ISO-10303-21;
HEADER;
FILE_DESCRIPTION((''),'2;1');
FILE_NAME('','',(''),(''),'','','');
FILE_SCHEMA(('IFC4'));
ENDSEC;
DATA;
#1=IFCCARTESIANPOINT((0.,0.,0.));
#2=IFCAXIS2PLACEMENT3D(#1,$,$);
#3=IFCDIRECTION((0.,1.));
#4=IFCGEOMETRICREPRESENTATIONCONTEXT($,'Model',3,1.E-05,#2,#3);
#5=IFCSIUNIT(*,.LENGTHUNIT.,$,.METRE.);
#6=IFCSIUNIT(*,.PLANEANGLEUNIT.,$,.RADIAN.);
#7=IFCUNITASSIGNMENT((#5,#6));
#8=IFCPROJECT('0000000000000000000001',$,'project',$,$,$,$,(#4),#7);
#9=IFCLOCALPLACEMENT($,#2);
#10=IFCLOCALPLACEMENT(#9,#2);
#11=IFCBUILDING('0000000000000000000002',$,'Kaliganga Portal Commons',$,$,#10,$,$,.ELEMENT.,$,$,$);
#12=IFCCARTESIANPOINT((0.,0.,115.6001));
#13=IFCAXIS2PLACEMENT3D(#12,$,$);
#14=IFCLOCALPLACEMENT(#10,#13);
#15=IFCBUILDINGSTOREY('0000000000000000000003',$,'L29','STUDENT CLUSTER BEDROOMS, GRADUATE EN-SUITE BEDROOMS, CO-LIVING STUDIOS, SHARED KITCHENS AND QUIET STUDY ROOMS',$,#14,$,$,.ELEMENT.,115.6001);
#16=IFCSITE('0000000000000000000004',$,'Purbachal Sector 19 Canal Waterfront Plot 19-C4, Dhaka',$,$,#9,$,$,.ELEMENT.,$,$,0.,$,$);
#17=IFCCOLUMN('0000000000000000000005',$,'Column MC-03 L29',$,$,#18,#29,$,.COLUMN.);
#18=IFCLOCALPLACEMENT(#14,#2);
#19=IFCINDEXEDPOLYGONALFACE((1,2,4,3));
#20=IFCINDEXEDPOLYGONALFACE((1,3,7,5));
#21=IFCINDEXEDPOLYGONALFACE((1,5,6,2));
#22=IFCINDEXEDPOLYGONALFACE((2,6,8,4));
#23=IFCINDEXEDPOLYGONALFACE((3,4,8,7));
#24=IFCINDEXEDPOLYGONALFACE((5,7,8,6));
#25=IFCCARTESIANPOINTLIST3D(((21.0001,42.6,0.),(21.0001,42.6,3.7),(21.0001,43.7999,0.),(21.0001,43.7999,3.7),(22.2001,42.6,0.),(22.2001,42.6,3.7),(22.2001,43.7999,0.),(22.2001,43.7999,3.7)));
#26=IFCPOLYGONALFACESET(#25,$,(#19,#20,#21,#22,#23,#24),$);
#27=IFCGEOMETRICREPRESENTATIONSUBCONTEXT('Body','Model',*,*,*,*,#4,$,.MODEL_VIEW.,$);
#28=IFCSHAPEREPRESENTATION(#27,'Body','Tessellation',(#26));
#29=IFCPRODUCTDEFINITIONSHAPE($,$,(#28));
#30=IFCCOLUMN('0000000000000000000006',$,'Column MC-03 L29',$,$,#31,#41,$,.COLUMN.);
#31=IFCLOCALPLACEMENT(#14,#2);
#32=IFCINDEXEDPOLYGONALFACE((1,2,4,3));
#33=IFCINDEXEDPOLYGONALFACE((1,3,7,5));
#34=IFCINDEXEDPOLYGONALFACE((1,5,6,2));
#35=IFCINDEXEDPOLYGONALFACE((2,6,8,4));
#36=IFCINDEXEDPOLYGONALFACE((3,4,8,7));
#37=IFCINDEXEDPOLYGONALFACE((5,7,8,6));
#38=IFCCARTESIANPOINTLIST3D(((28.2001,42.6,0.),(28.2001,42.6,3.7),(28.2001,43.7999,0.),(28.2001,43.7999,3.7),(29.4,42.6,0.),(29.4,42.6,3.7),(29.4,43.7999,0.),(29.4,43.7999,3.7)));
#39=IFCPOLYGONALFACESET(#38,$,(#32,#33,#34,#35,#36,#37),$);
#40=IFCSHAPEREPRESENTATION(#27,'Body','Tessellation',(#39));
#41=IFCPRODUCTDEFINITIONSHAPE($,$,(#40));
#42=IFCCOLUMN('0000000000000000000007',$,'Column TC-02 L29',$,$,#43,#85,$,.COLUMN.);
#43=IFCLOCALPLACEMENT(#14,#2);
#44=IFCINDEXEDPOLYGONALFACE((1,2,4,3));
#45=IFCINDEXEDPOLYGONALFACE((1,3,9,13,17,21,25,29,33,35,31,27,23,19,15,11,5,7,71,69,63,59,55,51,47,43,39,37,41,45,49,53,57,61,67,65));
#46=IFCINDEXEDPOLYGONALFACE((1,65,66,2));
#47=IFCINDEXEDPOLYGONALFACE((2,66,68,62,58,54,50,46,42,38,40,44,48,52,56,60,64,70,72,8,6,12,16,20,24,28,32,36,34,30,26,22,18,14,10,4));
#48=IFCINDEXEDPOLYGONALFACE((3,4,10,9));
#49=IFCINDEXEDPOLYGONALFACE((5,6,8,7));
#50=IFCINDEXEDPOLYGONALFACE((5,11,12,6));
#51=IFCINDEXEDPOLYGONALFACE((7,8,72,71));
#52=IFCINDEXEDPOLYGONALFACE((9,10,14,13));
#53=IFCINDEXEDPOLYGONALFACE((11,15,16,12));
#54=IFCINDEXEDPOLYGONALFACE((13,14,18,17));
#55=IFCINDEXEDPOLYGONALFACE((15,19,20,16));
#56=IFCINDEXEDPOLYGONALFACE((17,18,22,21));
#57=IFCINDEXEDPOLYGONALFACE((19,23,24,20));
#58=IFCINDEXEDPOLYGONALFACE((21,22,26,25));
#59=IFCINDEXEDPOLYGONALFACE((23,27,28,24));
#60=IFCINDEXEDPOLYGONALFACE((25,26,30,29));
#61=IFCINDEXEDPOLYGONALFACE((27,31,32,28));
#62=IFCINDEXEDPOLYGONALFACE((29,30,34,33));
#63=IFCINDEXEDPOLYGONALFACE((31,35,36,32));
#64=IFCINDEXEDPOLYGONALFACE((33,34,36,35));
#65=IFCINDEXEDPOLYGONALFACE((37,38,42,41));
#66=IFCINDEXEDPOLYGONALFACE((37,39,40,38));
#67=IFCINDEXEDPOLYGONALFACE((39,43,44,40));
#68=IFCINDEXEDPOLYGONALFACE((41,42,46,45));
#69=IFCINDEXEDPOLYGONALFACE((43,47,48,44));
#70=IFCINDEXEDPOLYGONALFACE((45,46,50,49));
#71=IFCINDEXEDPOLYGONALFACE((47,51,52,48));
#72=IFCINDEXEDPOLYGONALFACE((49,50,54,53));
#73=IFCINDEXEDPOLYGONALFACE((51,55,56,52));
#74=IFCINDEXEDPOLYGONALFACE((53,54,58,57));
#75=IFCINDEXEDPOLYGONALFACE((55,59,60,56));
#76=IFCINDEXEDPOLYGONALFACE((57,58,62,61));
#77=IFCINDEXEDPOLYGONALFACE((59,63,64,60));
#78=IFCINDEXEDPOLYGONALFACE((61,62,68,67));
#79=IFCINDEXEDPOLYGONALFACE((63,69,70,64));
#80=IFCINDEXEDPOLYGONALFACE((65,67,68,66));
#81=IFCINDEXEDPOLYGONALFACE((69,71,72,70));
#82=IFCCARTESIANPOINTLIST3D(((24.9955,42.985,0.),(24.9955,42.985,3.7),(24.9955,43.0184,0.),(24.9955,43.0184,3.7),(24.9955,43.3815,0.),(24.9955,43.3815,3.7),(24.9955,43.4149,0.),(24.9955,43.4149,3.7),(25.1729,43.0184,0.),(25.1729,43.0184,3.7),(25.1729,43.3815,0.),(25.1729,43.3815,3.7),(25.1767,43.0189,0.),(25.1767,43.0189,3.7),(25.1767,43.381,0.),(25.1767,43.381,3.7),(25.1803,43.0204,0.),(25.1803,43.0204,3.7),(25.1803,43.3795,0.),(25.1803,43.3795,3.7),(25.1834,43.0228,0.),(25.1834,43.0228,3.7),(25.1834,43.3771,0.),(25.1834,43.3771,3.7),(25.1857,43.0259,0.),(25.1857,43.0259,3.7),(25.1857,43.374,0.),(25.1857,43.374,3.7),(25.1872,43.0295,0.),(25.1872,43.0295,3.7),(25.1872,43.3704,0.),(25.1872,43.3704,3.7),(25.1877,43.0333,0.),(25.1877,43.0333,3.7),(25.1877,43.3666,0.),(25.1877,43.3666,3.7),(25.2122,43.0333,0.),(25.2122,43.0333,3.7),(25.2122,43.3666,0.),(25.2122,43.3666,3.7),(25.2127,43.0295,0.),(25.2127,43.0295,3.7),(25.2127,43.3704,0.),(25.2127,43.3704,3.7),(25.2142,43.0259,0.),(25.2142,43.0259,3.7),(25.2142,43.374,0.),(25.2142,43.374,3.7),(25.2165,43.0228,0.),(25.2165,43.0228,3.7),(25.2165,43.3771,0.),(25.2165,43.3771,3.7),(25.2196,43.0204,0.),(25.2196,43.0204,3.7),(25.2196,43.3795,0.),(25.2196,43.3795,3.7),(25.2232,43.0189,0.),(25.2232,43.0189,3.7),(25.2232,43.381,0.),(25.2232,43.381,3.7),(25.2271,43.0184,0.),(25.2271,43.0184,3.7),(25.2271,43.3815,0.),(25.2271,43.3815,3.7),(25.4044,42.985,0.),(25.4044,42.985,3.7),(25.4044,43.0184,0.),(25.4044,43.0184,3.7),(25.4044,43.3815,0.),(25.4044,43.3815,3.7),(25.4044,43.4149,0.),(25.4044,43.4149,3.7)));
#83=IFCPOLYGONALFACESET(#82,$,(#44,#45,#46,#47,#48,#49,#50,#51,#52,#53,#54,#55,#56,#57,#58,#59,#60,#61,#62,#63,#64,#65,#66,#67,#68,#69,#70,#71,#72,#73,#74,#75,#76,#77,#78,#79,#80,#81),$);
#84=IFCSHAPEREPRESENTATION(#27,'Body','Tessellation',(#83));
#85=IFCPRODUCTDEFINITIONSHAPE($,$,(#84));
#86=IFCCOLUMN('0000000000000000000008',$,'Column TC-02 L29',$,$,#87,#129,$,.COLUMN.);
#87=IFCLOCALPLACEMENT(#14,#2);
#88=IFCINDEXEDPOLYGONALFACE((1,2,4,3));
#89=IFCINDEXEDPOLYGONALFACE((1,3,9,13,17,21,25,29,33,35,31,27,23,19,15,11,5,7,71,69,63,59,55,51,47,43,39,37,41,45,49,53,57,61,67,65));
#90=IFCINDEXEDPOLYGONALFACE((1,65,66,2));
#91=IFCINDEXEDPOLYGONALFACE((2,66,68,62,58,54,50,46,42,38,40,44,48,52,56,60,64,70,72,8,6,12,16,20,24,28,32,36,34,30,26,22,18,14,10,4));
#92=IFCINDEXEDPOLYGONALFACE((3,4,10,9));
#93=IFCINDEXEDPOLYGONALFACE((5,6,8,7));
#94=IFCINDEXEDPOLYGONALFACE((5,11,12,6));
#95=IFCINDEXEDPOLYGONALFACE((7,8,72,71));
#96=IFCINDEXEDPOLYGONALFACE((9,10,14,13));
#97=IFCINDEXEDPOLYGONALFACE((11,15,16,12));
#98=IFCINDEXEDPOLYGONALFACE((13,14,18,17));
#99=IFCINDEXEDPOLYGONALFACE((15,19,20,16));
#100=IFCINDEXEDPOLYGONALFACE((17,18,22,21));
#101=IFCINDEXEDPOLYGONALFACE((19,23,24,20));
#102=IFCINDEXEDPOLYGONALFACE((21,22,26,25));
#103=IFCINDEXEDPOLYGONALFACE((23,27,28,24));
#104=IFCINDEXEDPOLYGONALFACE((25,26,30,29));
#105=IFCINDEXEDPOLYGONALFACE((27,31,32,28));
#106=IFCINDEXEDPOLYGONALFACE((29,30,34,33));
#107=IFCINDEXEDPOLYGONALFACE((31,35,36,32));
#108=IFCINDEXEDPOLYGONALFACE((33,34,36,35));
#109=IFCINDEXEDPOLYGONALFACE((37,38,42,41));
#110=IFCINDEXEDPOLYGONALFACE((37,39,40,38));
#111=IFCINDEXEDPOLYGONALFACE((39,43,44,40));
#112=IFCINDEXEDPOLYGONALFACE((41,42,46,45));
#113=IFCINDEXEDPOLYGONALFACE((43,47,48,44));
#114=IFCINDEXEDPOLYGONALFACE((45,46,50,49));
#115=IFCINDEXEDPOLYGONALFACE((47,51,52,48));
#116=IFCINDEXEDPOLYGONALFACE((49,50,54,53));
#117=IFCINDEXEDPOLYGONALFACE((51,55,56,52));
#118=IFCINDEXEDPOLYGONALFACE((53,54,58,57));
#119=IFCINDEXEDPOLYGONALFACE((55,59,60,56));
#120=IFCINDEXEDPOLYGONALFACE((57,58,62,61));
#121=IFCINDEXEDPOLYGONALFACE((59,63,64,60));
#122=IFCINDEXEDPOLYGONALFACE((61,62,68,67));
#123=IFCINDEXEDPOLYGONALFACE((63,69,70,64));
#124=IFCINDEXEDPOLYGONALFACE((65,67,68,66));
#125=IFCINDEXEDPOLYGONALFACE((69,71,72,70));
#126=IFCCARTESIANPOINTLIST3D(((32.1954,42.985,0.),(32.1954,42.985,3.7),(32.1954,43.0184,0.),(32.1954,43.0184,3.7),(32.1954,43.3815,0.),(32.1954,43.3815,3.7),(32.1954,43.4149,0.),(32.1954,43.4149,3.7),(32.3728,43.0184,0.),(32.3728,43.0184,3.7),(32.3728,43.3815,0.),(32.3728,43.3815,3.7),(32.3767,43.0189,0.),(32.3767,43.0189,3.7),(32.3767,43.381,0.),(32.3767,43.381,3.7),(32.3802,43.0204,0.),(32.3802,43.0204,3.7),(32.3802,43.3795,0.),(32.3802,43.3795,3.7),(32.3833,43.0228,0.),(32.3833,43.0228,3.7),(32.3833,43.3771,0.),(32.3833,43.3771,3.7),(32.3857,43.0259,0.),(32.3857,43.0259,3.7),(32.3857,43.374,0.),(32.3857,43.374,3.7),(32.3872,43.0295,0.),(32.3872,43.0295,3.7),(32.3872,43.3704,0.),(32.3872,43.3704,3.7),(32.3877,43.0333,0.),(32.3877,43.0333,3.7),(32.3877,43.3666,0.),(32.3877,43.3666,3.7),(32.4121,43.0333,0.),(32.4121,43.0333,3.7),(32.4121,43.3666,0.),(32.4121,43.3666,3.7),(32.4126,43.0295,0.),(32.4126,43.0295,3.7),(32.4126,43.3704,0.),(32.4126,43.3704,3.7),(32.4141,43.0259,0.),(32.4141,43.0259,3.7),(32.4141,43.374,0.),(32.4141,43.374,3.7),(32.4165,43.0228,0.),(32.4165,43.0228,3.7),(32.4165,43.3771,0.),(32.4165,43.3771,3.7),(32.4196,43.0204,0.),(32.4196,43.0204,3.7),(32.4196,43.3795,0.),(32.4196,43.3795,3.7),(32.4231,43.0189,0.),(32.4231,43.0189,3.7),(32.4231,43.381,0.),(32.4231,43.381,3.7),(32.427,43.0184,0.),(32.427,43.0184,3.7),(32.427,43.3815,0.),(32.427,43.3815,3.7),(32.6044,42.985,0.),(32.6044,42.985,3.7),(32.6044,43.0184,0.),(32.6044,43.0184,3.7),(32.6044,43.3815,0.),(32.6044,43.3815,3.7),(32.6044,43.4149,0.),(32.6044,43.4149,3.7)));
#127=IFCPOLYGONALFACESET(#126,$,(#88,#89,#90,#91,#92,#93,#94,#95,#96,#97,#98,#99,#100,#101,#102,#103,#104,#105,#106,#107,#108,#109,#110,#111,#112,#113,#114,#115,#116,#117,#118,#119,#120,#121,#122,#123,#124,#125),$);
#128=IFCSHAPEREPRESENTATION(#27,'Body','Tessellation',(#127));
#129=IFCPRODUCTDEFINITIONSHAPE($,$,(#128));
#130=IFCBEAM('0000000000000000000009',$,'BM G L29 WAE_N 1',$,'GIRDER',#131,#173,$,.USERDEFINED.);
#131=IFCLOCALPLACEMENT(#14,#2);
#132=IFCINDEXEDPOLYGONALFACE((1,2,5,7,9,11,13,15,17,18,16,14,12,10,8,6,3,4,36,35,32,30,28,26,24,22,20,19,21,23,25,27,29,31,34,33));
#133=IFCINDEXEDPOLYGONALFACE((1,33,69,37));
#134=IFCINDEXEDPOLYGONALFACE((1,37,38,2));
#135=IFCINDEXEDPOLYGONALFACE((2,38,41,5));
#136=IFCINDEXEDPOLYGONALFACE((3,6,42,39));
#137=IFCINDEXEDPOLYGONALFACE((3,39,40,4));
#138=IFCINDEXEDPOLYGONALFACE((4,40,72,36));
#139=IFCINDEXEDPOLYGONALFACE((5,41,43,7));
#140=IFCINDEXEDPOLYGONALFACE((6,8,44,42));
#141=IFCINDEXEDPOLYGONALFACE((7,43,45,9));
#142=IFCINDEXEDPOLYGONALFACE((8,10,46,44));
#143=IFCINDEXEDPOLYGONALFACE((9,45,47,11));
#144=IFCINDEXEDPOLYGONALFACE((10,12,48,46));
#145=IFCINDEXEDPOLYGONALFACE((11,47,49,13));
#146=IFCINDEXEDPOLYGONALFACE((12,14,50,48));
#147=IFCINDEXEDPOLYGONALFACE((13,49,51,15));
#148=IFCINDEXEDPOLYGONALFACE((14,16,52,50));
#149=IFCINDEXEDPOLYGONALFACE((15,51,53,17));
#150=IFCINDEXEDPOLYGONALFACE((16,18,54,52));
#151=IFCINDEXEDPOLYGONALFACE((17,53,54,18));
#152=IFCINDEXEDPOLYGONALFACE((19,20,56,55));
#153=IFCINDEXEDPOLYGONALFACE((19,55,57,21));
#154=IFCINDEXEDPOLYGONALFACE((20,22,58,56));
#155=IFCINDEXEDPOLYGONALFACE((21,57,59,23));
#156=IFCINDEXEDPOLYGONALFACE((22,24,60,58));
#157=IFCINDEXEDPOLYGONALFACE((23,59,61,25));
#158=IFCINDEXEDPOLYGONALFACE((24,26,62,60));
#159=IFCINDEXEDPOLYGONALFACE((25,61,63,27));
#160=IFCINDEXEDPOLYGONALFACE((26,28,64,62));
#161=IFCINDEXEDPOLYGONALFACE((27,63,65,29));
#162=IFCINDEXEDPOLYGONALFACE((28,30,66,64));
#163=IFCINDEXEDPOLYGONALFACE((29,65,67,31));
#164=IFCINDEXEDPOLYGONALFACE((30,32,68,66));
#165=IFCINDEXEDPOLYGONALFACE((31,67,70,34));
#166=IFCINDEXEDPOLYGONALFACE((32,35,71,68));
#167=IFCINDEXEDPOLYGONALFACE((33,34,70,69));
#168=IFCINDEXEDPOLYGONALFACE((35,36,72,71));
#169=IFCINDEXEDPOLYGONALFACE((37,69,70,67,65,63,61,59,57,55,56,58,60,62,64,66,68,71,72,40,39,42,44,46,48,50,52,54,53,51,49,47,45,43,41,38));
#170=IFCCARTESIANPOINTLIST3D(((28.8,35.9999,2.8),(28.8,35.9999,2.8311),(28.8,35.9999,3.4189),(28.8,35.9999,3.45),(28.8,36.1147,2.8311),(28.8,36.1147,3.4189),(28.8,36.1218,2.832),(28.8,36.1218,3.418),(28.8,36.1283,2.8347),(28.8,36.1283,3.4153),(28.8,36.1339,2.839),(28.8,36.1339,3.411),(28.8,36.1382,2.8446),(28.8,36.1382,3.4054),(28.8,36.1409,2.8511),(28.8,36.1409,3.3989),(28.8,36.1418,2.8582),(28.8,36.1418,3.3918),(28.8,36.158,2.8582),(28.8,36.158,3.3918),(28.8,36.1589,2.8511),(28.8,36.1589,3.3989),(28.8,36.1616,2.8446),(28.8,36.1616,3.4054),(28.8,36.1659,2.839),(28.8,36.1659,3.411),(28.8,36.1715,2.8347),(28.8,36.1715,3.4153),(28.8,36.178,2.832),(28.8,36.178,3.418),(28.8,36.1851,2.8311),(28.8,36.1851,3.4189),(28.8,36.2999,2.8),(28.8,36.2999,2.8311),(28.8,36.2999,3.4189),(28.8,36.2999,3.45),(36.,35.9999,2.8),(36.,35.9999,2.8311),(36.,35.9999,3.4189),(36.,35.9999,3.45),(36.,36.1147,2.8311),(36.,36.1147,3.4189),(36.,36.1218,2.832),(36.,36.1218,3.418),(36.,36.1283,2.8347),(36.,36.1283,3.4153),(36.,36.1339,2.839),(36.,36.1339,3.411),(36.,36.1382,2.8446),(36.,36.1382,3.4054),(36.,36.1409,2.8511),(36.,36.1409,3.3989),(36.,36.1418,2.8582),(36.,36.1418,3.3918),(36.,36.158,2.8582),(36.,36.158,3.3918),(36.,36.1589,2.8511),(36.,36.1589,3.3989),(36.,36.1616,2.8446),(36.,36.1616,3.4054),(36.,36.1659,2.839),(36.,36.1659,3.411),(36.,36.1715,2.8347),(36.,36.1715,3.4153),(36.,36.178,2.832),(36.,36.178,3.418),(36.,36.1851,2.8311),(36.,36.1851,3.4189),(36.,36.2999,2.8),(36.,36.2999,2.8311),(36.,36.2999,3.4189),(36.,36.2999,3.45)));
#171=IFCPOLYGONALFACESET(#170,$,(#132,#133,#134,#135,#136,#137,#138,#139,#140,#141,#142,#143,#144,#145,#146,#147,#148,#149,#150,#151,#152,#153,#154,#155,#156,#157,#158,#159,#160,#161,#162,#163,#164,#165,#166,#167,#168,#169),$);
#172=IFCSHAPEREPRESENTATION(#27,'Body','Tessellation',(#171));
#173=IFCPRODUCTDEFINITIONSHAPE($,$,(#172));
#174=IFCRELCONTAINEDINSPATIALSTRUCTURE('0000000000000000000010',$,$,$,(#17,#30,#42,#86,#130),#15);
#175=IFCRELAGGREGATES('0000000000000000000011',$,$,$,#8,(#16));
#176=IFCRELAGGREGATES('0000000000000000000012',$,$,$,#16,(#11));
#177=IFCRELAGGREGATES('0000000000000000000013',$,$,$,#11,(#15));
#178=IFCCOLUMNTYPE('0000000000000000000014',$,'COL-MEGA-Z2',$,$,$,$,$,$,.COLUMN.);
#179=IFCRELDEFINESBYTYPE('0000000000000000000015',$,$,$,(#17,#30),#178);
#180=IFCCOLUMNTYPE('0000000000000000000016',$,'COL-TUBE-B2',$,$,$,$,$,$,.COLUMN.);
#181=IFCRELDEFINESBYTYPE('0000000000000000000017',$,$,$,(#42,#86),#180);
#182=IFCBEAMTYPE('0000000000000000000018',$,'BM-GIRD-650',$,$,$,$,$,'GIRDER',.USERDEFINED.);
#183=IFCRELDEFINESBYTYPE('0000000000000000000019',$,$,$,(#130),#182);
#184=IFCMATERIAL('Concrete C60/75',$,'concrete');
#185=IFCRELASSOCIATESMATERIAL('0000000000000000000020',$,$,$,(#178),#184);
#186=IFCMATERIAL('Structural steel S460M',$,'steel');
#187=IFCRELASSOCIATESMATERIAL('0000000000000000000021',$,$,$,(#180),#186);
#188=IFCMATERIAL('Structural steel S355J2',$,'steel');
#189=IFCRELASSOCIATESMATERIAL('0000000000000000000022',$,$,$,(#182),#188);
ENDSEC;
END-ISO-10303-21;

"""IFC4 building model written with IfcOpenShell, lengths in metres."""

from ifc_helpers import new_model, si_unit, direction, frame, origin, origin_2d, place, context, subcontext, project, spatial, rectangle, i_section, extrude, source, transform, mapped, material, material_profile, profile_set, type_object, element, save


model = new_model("IFC4")

# Units and contexts
model_context = context("Model", 3, precision=1e-05, world=origin(), true_north=direction((0.0, 1.0)))
body_context = subcontext(model_context, "Body", "Model", "MODEL_VIEW")
ifc_project = project(units=[si_unit("LENGTHUNIT", "METRE"), si_unit("PLANEANGLEUNIT", "RADIAN")], contexts=[model_context])

# Site, building, storey
site_placement = place(None, origin())
site = spatial("IfcSite", under=ifc_project, at=site_placement, Name="Purbachal Sector 19 Canal Waterfront Plot 19-C4, Dhaka", CompositionType="ELEMENT", RefElevation=0.0)
building_placement = place(site_placement, origin())
building = spatial("IfcBuilding", under=site, at=building_placement, Name="Kaliganga Portal Commons", CompositionType="ELEMENT")
storey_placement = place(building_placement, frame((0.0, 0.0, 115.6001)))
storey = spatial("IfcBuildingStorey", under=building, at=storey_placement, Name="L29", Description="STUDENT CLUSTER BEDROOMS, GRADUATE EN-SUITE BEDROOMS, CO-LIVING STUDIOS, SHARED KITCHENS AND QUIET STUDY ROOMS", CompositionType="ELEMENT", Elevation=115.6001)

# Columns
ifc_material_1 = material(Name="Concrete C60/75", Category="concrete")
ifc_material_profile_1 = material_profile(ifc_material_1, rectangle(XDim=1.2, YDim=1.2, at=origin_2d()), Name="RC 1200x1200")
ifc_profile_set_1 = profile_set([ifc_material_profile_1], Name="Concrete C60/75")
column_type_1 = type_object("IfcColumnType", Name="COL-MEGA-Z2", PredefinedType="COLUMN", material=ifc_profile_set_1)
shared_shape_1 = source(origin(), body_context, "Body", "SweptSolid", [
    extrude(rectangle(XDim=1.2, YDim=1.2, at=origin_2d()), origin(), (0.0, 0.0, 1.0), 3.7),
])
for number, where, z_axis, x_axis, name in (
    (1, (21.6001, 43.2, 0.0), (0.0, 0.0, 1.0), (1.0, 0.0, 0.0), "Column MC-03 L29"),
    (2, (28.8, 43.2, 0.0), (0.0, 0.0, 1.0), (1.0, 0.0, 0.0), "Column MC-03 L29"),
):
    element("IfcColumn", number, at=place(storey_placement, frame(where, z_axis=z_axis, x_axis=x_axis)), inside=storey, type_object=column_type_1, Name=name, PredefinedType="COLUMN", context=body_context, shape_type="MappedRepresentation", body=[
        mapped(shared_shape_1, transform((0.0, 0.0, 0.0), x_axis=(1.0, 0.0, 0.0), y_axis=(0.0, 1.0, 0.0), z_axis=(0.0, 0.0, 1.0), scale=1.0)),
    ])
ifc_material_2 = material(Name="Structural steel S460M", Category="steel")
ifc_material_profile_2 = material_profile(ifc_material_2, i_section(OverallWidth=0.4089, OverallDepth=0.4299, WebThickness=0.0244, FlangeThickness=0.0334, FilletRadius=0.0149, at=origin_2d()), Name="HD 400x421")
ifc_profile_set_2 = profile_set([ifc_material_profile_2], Name="Structural steel S460M wide-flange")
column_type_2 = type_object("IfcColumnType", Name="COL-TUBE-B2", PredefinedType="COLUMN", material=ifc_profile_set_2)
shared_shape_2 = source(origin(), body_context, "Body", "SweptSolid", [
    extrude(i_section(OverallWidth=0.4089, OverallDepth=0.4299, WebThickness=0.0244, FlangeThickness=0.0334, FilletRadius=0.0149, at=origin_2d()), origin(), (0.0, 0.0, 1.0), 3.7),
])
for number, where, z_axis, x_axis, name in (
    (3, (25.2, 43.2, 0.0), (0.0, 0.0, 1.0), (1.0, 0.0, 0.0), "Column TC-02 L29"),
    (4, (32.3999, 43.2, 0.0), (0.0, 0.0, 1.0), (1.0, 0.0, 0.0), "Column TC-02 L29"),
):
    element("IfcColumn", number, at=place(storey_placement, frame(where, z_axis=z_axis, x_axis=x_axis)), inside=storey, type_object=column_type_2, Name=name, PredefinedType="COLUMN", context=body_context, shape_type="MappedRepresentation", body=[
        mapped(shared_shape_2, transform((0.0, 0.0, 0.0), x_axis=(1.0, 0.0, 0.0), y_axis=(0.0, 1.0, 0.0), z_axis=(0.0, 0.0, 1.0), scale=1.0)),
    ])

# Beam
ifc_material_3 = material(Name="Structural steel S355J2", Category="steel")
ifc_material_profile_3 = material_profile(ifc_material_3, i_section(OverallWidth=0.3, OverallDepth=0.6499, WebThickness=0.0161, FlangeThickness=0.031, FilletRadius=0.0271, at=origin_2d()), Name="HE 650 B")
ifc_profile_set_3 = profile_set([ifc_material_profile_3], Name="Structural steel S355J2 wide-flange")
beam_type_1 = type_object("IfcBeamType", Name="BM-GIRD-650", ElementType="GIRDER", PredefinedType="USERDEFINED", material=ifc_profile_set_3)
shared_shape_3 = source(origin(), body_context, "Body", "SweptSolid", [
    extrude(i_section(OverallWidth=0.3, OverallDepth=0.6499, WebThickness=0.0161, FlangeThickness=0.031, FilletRadius=0.0271, at=origin_2d()), origin(), (0.0, 0.0, 1.0), 7.2),
])
beam_1_placement = place(storey_placement, frame((28.8, 36.1499, 3.125), z_axis=(1.0, 0.0, 0.0), x_axis=(0.0, 1.0, 0.0)))
element("IfcBeam", 5, at=beam_1_placement, inside=storey, type_object=beam_type_1, Name="BM G L29 WAE_N 1", ObjectType="GIRDER", PredefinedType="USERDEFINED", context=body_context, shape_type="MappedRepresentation", body=[
    mapped(shared_shape_3, transform((0.0, 0.0, 0.0), x_axis=(1.0, 0.0, 0.0), y_axis=(0.0, 1.0, 0.0), z_axis=(0.0, 0.0, 1.0), scale=1.0)),
])

save(model, "model.ifc")
